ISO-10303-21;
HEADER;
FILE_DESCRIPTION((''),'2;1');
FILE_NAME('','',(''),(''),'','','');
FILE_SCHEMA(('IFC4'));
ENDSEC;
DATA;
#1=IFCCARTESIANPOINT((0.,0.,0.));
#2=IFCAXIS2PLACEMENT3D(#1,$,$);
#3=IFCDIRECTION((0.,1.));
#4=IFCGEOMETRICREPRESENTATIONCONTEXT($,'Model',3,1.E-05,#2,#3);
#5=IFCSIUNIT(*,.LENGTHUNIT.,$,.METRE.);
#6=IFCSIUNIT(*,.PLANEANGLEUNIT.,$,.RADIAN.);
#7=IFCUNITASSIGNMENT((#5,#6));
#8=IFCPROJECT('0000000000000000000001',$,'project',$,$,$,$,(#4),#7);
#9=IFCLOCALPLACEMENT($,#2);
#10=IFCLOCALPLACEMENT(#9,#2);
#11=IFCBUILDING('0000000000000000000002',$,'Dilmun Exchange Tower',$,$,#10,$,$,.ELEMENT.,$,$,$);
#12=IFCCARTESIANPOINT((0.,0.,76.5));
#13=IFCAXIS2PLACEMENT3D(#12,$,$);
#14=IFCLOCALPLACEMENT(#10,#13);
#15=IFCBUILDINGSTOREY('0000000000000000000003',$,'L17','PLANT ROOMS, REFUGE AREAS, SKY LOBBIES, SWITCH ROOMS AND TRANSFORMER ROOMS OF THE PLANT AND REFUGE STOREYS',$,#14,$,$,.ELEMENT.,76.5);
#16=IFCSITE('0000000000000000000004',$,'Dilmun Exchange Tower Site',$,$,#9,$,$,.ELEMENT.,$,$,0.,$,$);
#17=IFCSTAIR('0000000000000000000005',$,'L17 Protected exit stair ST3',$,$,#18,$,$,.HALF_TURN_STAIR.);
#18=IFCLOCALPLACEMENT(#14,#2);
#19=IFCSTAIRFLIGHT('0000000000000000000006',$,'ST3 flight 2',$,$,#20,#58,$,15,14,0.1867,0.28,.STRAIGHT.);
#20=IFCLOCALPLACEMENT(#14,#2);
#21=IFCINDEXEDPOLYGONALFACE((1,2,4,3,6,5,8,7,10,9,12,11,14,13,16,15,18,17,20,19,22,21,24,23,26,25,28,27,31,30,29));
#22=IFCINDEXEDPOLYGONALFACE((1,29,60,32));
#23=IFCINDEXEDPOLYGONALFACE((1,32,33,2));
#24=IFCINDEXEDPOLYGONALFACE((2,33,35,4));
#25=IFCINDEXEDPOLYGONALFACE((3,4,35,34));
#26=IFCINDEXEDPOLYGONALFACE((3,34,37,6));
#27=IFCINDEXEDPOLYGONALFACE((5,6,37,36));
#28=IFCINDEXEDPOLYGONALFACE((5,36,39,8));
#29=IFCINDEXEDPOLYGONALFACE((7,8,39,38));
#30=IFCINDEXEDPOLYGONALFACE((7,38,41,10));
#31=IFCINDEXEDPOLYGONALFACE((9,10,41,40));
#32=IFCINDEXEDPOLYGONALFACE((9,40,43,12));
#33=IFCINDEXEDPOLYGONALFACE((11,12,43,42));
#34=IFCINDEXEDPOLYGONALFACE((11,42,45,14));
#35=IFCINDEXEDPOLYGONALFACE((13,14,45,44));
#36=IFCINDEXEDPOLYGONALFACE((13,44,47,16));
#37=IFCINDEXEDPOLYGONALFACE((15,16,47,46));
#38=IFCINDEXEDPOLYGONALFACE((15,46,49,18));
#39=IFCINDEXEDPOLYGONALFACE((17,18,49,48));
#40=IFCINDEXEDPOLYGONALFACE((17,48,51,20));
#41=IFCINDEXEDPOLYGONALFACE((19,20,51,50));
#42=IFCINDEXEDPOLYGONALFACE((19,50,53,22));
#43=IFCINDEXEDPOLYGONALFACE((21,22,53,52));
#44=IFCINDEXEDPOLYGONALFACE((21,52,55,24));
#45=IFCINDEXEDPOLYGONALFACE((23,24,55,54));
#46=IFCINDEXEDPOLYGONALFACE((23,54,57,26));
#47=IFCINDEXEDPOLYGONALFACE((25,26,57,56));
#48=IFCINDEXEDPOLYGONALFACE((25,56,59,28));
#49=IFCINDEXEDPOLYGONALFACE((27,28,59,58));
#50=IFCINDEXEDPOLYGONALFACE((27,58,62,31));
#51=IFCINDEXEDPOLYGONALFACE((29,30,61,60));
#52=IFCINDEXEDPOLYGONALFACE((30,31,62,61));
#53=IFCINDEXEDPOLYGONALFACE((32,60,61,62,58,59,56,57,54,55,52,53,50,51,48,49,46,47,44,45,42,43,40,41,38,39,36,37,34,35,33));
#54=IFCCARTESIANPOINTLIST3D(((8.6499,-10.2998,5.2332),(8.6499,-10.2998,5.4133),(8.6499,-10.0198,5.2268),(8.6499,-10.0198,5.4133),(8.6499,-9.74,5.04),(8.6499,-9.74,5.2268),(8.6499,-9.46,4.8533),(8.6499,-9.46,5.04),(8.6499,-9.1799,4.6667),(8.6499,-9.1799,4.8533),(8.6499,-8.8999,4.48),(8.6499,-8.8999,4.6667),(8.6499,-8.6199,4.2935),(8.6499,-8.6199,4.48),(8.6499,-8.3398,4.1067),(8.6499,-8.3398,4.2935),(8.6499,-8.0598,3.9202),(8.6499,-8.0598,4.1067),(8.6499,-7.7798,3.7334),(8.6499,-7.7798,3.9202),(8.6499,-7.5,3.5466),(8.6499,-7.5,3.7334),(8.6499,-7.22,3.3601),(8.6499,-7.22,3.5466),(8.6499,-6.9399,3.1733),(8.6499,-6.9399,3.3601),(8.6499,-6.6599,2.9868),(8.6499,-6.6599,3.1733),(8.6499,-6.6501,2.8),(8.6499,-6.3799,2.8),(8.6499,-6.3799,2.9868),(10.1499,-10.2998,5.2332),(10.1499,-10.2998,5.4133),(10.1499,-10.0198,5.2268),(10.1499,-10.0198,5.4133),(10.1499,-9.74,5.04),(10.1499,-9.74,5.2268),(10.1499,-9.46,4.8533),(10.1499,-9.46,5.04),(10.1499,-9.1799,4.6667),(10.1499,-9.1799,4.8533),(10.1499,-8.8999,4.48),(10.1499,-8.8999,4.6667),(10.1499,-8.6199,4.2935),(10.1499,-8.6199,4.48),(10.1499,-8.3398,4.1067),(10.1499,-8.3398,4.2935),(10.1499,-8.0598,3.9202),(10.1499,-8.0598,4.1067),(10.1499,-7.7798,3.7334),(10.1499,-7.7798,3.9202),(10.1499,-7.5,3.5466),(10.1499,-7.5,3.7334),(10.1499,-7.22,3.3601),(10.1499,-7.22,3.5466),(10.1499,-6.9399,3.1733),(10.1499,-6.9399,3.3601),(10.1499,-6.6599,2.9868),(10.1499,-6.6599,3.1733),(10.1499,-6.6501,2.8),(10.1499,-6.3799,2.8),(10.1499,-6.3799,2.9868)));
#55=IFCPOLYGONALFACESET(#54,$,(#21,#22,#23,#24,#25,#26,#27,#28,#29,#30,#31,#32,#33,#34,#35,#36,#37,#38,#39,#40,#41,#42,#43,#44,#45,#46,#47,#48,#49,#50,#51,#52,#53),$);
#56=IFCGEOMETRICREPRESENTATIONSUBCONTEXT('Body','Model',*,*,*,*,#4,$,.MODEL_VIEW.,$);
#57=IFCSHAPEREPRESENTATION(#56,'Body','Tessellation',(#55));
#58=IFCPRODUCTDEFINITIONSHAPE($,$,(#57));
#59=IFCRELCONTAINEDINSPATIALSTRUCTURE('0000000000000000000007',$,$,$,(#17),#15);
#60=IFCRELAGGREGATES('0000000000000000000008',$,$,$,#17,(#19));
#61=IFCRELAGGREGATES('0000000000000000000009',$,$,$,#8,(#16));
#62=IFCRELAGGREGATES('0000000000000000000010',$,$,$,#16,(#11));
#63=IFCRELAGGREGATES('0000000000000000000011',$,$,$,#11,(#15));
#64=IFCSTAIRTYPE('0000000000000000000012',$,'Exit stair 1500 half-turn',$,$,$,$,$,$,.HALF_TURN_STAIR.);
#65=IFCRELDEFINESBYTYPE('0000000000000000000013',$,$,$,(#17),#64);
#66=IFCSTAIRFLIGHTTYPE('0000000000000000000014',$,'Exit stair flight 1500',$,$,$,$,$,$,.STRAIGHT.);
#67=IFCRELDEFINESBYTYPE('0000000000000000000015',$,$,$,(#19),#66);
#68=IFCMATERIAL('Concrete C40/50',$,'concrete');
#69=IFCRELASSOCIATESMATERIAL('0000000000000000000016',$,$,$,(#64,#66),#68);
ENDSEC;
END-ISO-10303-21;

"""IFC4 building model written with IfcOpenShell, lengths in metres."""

from ifc_helpers import new_model, si_unit, direction, frame, origin, place, context, subcontext, project, spatial, polyline, outline, extrude, material, type_object, element, aggregate, save


model = new_model("IFC4")

# Units and contexts
model_context = context("Model", 3, precision=1e-05, world=origin(), true_north=direction((0.0, 1.0)))
body_context = subcontext(model_context, "Body", "Model", "MODEL_VIEW")
ifc_project = project(units=[si_unit("LENGTHUNIT", "METRE"), si_unit("PLANEANGLEUNIT", "RADIAN")], contexts=[model_context])

# Site, building, storey
site_placement = place(None, origin())
site = spatial("IfcSite", under=ifc_project, at=site_placement, Name="Dilmun Exchange Tower Site", CompositionType="ELEMENT", RefElevation=0.0)
building_placement = place(site_placement, origin())
building = spatial("IfcBuilding", under=site, at=building_placement, Name="Dilmun Exchange Tower", CompositionType="ELEMENT")
storey_placement = place(building_placement, frame((0.0, 0.0, 76.5)))
storey = spatial("IfcBuildingStorey", under=building, at=storey_placement, Name="L17", Description="PLANT ROOMS, REFUGE AREAS, SKY LOBBIES, SWITCH ROOMS AND TRANSFORMER ROOMS OF THE PLANT AND REFUGE STOREYS", CompositionType="ELEMENT", Elevation=76.5)

# Stair
ifc_material_1 = material(Name="Concrete C40/50", Category="concrete")
stair_type = type_object("IfcStairType", Name="Exit stair 1500 half-turn", PredefinedType="HALF_TURN_STAIR", material=ifc_material_1)
stair_1_placement = place(storey_placement, origin())
stair_1 = element("IfcStair", 1, at=stair_1_placement, inside=storey, type_object=stair_type, Name="L17 Protected exit stair ST3", PredefinedType="HALF_TURN_STAIR")

# Stair flight
stair_flight_type = type_object("IfcStairFlightType", Name="Exit stair flight 1500", PredefinedType="STRAIGHT", material=ifc_material_1)
stair_flight_placement = place(storey_placement, frame((9.3999, -6.3799, 2.8), z_axis=(0.0, 0.0, 1.0), x_axis=(0.0, -1.0, 0.0)))
stair_flight = element("IfcStairFlight", 2, at=stair_flight_placement, type_object=stair_flight_type, Name="ST3 flight 2", NumberOfRisers=15, NumberOfTreads=14, PredefinedType="STRAIGHT", RiserHeight=0.1867, TreadLength=0.28, context=body_context, shape_type="SweptSolid", body=[
    extrude(outline(polyline([(0.0, 0.0), (0.0, 0.1868), (0.28, 0.1868), (0.28, 0.3733), (0.5601, 0.3733), (0.5601, 0.5601), (0.8401, 0.5601), (0.8401, 0.7466), (1.1201, 0.7466), (1.1201, 0.9333), (1.3999, 0.9333), (1.3999, 1.1201), (1.6799, 1.1201), (1.6799, 1.3066), (1.96, 1.3066), (1.96, 1.4934), (2.24, 1.4934), (2.24, 1.6799), (2.52, 1.6799), (2.52, 1.8667), (2.8, 1.8667), (2.8, 2.0532), (3.0801, 2.0532), (3.0801, 2.24), (3.3601, 2.24), (3.3601, 2.4268), (3.6399, 2.4268), (3.6399, 2.6133), (3.9199, 2.6133), (3.9199, 2.8), (3.9199, 2.4331), (0.2703, 0.0), (0.0, 0.0)])), frame((0.0, 0.75, 0.0), z_axis=(0.0, -1.0, 0.0), x_axis=(1.0, 0.0, 0.0)), (0.0, 0.0, 1.0), 1.5),
])
aggregate(stair_1, [stair_flight])

save(model, "model.ifc")
